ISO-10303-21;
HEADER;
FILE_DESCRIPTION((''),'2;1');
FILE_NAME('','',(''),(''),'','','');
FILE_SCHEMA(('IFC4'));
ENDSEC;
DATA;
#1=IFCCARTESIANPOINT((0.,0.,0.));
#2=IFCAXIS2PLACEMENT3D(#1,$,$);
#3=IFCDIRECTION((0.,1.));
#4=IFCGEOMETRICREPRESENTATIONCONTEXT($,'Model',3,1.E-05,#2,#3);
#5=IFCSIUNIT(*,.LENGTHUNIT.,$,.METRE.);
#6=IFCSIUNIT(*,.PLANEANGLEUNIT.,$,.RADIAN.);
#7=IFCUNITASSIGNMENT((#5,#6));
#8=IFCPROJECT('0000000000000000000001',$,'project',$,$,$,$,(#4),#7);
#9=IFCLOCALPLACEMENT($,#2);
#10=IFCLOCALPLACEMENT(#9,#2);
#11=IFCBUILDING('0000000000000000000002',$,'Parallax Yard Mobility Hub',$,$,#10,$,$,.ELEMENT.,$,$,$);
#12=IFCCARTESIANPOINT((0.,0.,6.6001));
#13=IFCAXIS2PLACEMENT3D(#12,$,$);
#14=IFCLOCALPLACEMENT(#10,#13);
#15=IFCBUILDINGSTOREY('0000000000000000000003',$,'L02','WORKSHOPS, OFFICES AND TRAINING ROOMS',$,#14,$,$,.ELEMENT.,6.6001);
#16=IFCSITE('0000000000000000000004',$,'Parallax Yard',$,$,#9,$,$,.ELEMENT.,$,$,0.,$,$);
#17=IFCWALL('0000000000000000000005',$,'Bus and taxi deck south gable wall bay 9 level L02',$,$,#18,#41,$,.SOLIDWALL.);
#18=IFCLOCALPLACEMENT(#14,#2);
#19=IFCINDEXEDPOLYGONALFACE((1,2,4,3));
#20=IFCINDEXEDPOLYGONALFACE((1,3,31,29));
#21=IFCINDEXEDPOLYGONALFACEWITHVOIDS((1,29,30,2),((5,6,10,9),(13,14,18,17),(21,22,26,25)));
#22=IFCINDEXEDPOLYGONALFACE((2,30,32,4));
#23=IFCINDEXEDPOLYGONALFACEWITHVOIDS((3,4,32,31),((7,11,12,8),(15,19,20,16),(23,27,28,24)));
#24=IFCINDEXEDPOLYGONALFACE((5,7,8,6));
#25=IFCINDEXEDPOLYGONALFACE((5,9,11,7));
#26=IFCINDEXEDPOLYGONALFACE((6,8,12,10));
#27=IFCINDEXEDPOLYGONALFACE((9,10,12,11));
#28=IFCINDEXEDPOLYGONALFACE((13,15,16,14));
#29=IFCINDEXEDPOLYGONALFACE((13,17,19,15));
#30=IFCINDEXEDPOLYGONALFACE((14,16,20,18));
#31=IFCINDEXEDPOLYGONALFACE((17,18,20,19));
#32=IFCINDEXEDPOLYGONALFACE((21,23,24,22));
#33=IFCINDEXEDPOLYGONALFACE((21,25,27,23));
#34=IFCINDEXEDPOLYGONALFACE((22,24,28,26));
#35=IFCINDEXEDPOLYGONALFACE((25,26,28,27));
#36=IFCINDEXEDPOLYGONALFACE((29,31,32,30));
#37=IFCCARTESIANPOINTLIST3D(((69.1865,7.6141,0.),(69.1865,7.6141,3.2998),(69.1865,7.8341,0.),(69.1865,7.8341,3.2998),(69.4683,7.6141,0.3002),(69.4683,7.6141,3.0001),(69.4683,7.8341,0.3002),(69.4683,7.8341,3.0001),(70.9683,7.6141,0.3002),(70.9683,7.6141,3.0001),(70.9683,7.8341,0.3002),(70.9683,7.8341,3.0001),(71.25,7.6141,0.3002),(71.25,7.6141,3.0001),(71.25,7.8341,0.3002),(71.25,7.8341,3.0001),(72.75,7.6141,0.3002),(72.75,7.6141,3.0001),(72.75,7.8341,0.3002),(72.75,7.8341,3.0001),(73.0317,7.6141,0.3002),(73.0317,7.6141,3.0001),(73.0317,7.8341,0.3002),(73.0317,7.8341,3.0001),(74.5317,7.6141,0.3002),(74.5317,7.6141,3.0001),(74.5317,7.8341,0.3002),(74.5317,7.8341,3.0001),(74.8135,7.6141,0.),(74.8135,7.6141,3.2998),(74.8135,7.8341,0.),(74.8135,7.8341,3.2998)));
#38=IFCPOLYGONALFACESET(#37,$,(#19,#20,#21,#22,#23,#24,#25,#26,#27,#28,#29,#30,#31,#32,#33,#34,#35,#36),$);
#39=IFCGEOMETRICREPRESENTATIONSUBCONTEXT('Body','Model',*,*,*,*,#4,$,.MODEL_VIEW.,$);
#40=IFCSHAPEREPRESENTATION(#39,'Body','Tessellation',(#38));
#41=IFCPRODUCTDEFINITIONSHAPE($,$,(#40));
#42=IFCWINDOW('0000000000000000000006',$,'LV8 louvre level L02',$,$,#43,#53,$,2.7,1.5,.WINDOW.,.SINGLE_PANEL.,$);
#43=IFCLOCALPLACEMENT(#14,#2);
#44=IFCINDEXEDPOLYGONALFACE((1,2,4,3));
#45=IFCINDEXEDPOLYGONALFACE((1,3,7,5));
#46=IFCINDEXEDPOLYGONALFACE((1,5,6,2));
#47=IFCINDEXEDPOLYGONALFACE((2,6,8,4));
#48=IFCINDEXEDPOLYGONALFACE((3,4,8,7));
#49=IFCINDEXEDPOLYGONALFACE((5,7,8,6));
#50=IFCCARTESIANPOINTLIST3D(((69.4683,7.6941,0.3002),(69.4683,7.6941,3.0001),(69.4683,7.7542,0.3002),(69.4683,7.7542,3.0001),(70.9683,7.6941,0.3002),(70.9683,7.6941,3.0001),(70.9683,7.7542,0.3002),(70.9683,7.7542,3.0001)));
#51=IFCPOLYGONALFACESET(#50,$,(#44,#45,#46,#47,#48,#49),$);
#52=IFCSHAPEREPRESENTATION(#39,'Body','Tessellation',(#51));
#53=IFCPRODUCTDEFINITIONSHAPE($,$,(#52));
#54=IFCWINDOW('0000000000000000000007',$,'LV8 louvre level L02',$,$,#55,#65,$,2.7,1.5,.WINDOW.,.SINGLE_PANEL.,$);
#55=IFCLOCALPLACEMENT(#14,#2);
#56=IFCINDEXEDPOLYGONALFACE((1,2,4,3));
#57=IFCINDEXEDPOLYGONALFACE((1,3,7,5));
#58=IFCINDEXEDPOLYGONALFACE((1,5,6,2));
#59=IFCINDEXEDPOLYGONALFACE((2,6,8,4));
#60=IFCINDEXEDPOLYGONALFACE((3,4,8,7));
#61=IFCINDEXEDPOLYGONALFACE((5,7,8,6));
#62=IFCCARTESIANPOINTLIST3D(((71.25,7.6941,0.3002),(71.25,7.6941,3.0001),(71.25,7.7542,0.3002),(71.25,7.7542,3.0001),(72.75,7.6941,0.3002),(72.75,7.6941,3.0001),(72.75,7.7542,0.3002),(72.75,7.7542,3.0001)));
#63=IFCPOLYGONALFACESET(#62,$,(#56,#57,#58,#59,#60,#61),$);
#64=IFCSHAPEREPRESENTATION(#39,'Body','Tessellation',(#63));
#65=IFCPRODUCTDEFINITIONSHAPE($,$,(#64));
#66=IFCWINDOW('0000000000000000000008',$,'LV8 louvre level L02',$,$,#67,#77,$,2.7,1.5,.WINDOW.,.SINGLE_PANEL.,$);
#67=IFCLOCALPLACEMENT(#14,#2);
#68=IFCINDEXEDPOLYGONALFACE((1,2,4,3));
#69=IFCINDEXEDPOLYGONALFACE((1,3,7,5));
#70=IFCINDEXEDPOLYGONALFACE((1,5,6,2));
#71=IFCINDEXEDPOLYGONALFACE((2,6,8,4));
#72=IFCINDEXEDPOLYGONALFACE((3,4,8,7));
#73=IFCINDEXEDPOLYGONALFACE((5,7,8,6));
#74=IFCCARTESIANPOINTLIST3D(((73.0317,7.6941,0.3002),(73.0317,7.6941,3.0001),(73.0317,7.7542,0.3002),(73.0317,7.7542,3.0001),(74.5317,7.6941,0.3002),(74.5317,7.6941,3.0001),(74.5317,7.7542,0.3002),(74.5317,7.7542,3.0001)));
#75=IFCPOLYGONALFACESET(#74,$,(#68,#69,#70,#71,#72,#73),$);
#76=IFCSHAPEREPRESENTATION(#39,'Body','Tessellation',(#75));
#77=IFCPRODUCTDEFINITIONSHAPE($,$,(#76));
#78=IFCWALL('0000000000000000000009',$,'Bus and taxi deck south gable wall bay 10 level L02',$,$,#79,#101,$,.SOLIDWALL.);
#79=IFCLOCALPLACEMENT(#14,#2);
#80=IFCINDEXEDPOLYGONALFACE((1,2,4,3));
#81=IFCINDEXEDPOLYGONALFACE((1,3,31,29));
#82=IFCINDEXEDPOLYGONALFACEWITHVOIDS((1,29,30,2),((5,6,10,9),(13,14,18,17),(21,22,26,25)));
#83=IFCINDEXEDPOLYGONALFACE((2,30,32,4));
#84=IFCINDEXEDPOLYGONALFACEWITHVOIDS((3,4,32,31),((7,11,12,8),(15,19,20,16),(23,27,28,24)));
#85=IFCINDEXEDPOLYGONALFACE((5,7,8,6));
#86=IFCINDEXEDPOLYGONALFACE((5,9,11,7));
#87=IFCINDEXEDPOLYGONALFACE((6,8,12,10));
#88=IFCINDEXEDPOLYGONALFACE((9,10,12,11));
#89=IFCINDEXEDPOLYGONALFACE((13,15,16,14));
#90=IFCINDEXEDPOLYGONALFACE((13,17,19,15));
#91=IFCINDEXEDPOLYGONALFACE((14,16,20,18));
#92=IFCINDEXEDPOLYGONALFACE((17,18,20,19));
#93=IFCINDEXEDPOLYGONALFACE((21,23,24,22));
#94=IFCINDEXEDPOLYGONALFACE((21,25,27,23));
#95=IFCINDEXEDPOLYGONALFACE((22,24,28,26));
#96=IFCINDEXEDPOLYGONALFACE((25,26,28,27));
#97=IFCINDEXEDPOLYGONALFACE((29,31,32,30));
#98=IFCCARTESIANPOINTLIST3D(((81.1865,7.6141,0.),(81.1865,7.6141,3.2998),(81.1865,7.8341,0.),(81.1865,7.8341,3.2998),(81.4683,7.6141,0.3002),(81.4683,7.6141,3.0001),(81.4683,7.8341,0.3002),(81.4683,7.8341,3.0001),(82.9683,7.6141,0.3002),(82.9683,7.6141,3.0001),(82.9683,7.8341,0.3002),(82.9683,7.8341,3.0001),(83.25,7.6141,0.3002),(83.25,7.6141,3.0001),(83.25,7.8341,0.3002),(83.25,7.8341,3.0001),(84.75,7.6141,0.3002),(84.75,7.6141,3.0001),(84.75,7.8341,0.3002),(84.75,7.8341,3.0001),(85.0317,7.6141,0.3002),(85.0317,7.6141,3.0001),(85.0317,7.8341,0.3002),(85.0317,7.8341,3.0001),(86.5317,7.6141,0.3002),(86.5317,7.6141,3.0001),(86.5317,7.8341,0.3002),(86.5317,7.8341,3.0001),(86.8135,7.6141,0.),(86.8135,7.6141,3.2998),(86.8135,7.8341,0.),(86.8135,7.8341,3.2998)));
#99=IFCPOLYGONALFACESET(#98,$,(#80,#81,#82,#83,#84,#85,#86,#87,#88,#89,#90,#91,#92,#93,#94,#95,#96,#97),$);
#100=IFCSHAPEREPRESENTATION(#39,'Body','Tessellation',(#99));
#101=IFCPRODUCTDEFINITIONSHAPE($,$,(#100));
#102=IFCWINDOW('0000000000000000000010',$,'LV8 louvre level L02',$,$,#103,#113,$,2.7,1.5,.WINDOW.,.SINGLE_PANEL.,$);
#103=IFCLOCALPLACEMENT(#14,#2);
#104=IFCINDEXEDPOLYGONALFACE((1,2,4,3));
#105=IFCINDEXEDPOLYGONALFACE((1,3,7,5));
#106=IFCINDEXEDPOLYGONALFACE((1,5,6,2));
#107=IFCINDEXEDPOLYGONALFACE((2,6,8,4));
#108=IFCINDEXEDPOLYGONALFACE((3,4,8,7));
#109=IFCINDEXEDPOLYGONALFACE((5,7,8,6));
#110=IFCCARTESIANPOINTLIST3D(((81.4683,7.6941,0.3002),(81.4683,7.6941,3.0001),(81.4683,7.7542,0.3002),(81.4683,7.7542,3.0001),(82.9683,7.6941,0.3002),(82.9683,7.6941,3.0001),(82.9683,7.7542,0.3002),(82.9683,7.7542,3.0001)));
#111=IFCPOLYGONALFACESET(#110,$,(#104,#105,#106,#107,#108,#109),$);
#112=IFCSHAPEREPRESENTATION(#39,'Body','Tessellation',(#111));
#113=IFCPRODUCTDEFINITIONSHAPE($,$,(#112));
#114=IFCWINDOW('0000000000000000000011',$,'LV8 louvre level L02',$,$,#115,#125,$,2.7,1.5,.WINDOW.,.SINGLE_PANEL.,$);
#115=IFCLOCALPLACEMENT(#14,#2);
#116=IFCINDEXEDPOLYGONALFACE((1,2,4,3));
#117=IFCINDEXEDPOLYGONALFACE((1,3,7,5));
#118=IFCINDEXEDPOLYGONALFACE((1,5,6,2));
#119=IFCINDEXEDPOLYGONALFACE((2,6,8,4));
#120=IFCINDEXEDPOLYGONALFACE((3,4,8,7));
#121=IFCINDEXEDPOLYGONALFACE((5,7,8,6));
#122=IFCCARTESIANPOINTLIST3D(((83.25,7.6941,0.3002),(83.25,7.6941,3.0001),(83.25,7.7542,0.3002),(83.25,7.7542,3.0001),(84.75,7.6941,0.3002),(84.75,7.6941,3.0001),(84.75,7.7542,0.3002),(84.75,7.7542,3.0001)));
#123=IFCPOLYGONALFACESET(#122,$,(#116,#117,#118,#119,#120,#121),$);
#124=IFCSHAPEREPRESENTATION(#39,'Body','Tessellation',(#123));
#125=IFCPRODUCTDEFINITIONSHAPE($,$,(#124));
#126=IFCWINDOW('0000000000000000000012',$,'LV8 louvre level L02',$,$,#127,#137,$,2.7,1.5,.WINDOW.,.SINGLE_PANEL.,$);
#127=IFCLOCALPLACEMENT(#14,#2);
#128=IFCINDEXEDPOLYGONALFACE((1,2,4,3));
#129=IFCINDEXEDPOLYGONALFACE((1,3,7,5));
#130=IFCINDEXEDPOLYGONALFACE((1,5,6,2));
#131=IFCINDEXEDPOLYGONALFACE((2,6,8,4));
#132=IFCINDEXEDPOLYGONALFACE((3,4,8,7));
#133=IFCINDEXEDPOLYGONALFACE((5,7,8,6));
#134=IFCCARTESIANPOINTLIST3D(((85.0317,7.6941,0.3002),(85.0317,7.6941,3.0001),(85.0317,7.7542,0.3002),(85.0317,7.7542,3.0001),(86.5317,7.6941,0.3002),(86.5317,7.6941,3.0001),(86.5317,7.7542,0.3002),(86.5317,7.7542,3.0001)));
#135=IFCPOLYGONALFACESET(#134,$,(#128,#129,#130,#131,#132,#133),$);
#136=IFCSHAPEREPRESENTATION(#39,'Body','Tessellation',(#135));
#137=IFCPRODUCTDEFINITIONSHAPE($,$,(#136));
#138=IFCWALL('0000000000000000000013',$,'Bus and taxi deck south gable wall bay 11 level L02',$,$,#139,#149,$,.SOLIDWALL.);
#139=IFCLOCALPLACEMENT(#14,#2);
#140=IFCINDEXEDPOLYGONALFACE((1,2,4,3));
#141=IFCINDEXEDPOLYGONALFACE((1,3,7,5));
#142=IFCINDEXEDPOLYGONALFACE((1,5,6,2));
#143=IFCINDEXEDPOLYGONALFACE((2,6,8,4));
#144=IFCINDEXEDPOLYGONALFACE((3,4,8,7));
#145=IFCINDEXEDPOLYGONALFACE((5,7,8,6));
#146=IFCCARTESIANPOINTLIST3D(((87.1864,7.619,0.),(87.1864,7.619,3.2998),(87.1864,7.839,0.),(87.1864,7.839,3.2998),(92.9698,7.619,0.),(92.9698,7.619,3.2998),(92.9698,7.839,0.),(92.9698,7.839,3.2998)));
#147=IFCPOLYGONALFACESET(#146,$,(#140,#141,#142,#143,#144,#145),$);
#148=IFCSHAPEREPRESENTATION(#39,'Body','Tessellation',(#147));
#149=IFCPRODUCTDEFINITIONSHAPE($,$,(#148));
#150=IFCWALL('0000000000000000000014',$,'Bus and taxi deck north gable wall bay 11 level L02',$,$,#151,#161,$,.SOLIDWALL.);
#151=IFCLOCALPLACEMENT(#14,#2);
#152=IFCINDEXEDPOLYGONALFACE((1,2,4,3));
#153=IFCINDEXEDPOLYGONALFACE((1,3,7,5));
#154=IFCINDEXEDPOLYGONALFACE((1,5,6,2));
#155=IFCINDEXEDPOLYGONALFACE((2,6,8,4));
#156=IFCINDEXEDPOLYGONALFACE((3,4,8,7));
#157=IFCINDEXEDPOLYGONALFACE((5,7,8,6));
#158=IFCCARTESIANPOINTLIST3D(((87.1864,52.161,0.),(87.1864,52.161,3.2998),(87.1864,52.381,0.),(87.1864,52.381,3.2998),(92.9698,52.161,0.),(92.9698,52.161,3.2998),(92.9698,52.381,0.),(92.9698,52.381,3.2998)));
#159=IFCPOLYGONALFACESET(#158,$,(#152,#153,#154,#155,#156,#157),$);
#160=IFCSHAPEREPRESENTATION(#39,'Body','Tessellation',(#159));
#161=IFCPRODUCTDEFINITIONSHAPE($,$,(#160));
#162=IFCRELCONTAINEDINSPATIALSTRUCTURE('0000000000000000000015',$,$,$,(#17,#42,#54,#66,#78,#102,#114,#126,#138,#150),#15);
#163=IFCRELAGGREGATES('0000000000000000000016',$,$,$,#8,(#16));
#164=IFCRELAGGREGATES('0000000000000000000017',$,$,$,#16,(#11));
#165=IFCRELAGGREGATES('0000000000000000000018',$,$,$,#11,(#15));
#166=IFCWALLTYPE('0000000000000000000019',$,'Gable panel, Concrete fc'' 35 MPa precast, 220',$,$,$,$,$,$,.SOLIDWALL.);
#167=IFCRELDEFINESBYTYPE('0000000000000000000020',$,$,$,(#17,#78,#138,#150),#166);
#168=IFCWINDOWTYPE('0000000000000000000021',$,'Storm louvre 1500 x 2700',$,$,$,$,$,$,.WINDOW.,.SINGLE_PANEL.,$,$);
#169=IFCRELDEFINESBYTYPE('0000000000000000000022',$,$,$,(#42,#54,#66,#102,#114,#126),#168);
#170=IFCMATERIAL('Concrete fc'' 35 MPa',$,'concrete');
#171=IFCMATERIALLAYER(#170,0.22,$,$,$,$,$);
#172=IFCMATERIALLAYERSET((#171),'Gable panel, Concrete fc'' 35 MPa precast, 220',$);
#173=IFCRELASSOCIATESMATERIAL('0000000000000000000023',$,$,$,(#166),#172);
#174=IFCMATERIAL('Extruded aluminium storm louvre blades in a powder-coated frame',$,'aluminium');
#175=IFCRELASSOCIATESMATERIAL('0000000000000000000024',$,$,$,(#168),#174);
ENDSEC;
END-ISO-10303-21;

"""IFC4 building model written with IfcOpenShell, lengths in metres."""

from ifc_helpers import new_model, si_unit, direction, frame, frame_2d, origin, place, context, subcontext, project, spatial, rectangle, extrude, material, layer, layer_set, type_object, element, fill, save


model = new_model("IFC4")

# Units and contexts
model_context = context("Model", 3, precision=1e-05, world=origin(), true_north=direction((0.0, 1.0)))
body_context = subcontext(model_context, "Body", "Model", "MODEL_VIEW")
ifc_project = project(units=[si_unit("LENGTHUNIT", "METRE"), si_unit("PLANEANGLEUNIT", "RADIAN")], contexts=[model_context])

# Site, building, storey
site_placement = place(None, origin())
site = spatial("IfcSite", under=ifc_project, at=site_placement, Name="Parallax Yard", CompositionType="ELEMENT", RefElevation=0.0)
building_placement = place(site_placement, origin())
building = spatial("IfcBuilding", under=site, at=building_placement, Name="Parallax Yard Mobility Hub", CompositionType="ELEMENT")
storey_placement = place(building_placement, frame((0.0, 0.0, 6.6001)))
storey = spatial("IfcBuildingStorey", under=building, at=storey_placement, Name="L02", Description="WORKSHOPS, OFFICES AND TRAINING ROOMS", CompositionType="ELEMENT", Elevation=6.6001)

# Shared definitions
ifc_material_1 = material(Name="Concrete fc' 35 MPa", Category="concrete")

# Walls, openings, windows
ifc_layer_1 = layer(ifc_material_1, 0.22)
ifc_layer_set_1 = layer_set([ifc_layer_1], Name="Gable panel, Concrete fc' 35 MPa precast, 220")
wall_type = type_object("IfcWallType", Name="Gable panel, Concrete fc' 35 MPa precast, 220", PredefinedType="SOLIDWALL", material=ifc_layer_set_1)
ifc_material_2 = material(Name="Extruded aluminium storm louvre blades in a powder-coated frame", Category="aluminium")
window_type = type_object("IfcWindowType", Name="Storm louvre 1500 x 2700", PartitioningType="SINGLE_PANEL", PredefinedType="WINDOW", material=ifc_material_2)
wall_1_placement = place(storey_placement, frame((69.1865, 7.7241, 0.0), z_axis=(0.0, 0.0, 1.0), x_axis=(1.0, 0.0, 0.0)))
wall_1 = element("IfcWall", 1, at=wall_1_placement, inside=storey, type_object=wall_type, Name="Bus and taxi deck south gable wall bay 9 level L02", PredefinedType="SOLIDWALL", context=body_context, shape_type="SweptSolid", body=[
    extrude(rectangle(XDim=5.627, YDim=0.22, at=frame_2d((2.8135, 0.0))), origin(), (0.0, 0.0, 1.0), 3.2998),
])
opening_1_placement = place(wall_1_placement, frame((0.2817, 0.0, 0.3)))
opening_1 = element("IfcOpeningElement", 2, at=opening_1_placement, cuts=wall_1, PredefinedType="OPENING", context=body_context, shape_type="SweptSolid", body=[
    extrude(rectangle(XDim=1.5, YDim=2.7, at=frame_2d((0.75, 1.3501))), frame((0.0, 0.1201, 0.0), z_axis=(0.0, -1.0, 0.0), x_axis=(1.0, 0.0, 0.0)), (0.0, 0.0, 1.0), 0.24),
])
opening_2_placement = place(wall_1_placement, frame((2.0635, 0.0, 0.3)))
opening_2 = element("IfcOpeningElement", 3, at=opening_2_placement, cuts=wall_1, PredefinedType="OPENING", context=body_context, shape_type="SweptSolid", body=[
    extrude(rectangle(XDim=1.5, YDim=2.7, at=frame_2d((0.75, 1.3501))), frame((0.0, 0.1201, 0.0), z_axis=(0.0, -1.0, 0.0), x_axis=(1.0, 0.0, 0.0)), (0.0, 0.0, 1.0), 0.24),
])
opening_3_placement = place(wall_1_placement, frame((3.8452, 0.0, 0.3)))
opening_3 = element("IfcOpeningElement", 4, at=opening_3_placement, cuts=wall_1, PredefinedType="OPENING", context=body_context, shape_type="SweptSolid", body=[
    extrude(rectangle(XDim=1.5, YDim=2.7, at=frame_2d((0.75, 1.3501))), frame((0.0, 0.1201, 0.0), z_axis=(0.0, -1.0, 0.0), x_axis=(1.0, 0.0, 0.0)), (0.0, 0.0, 1.0), 0.24),
])
window_1_placement = place(opening_1_placement, origin())
window_1 = element("IfcWindow", 5, at=window_1_placement, inside=storey, type_object=window_type, Name="LV8 louvre level L02", OverallHeight=2.7, OverallWidth=1.5, PartitioningType="SINGLE_PANEL", PredefinedType="WINDOW", context=body_context, shape_type="SweptSolid", body=[
    extrude(rectangle(XDim=1.5, YDim=2.7, at=frame_2d((0.75, 1.3501))), frame((0.0, 0.03, 0.0), z_axis=(0.0, -1.0, 0.0), x_axis=(1.0, 0.0, 0.0)), (0.0, 0.0, 1.0), 0.0601),
])
fill(opening_1, window_1)
window_2_placement = place(opening_2_placement, origin())
window_2 = element("IfcWindow", 6, at=window_2_placement, inside=storey, type_object=window_type, Name="LV8 louvre level L02", OverallHeight=2.7, OverallWidth=1.5, PartitioningType="SINGLE_PANEL", PredefinedType="WINDOW", context=body_context, shape_type="SweptSolid", body=[
    extrude(rectangle(XDim=1.5, YDim=2.7, at=frame_2d((0.75, 1.3501))), frame((0.0, 0.03, 0.0), z_axis=(0.0, -1.0, 0.0), x_axis=(1.0, 0.0, 0.0)), (0.0, 0.0, 1.0), 0.0601),
])
fill(opening_2, window_2)
window_3_placement = place(opening_3_placement, origin())
window_3 = element("IfcWindow", 7, at=window_3_placement, inside=storey, type_object=window_type, Name="LV8 louvre level L02", OverallHeight=2.7, OverallWidth=1.5, PartitioningType="SINGLE_PANEL", PredefinedType="WINDOW", context=body_context, shape_type="SweptSolid", body=[
    extrude(rectangle(XDim=1.5, YDim=2.7, at=frame_2d((0.75, 1.3501))), frame((0.0, 0.03, 0.0), z_axis=(0.0, -1.0, 0.0), x_axis=(1.0, 0.0, 0.0)), (0.0, 0.0, 1.0), 0.0601),
])
fill(opening_3, window_3)
wall_2_placement = place(storey_placement, frame((81.1865, 7.7241, 0.0), z_axis=(0.0, 0.0, 1.0), x_axis=(1.0, 0.0, 0.0)))
wall_2 = element("IfcWall", 8, at=wall_2_placement, inside=storey, type_object=wall_type, Name="Bus and taxi deck south gable wall bay 10 level L02", PredefinedType="SOLIDWALL", context=body_context, shape_type="SweptSolid", body=[
    extrude(rectangle(XDim=5.627, YDim=0.22, at=frame_2d((2.8135, 0.0))), origin(), (0.0, 0.0, 1.0), 3.2998),
])
opening_4_placement = place(wall_2_placement, frame((0.2817, 0.0, 0.3)))
opening_4 = element("IfcOpeningElement", 9, at=opening_4_placement, cuts=wall_2, PredefinedType="OPENING", context=body_context, shape_type="SweptSolid", body=[
    extrude(rectangle(XDim=1.5, YDim=2.7, at=frame_2d((0.75, 1.3501))), frame((0.0, 0.1201, 0.0), z_axis=(0.0, -1.0, 0.0), x_axis=(1.0, 0.0, 0.0)), (0.0, 0.0, 1.0), 0.24),
])
opening_5_placement = place(wall_2_placement, frame((2.0635, 0.0, 0.3)))
opening_5 = element("IfcOpeningElement", 10, at=opening_5_placement, cuts=wall_2, PredefinedType="OPENING", context=body_context, shape_type="SweptSolid", body=[
    extrude(rectangle(XDim=1.5, YDim=2.7, at=frame_2d((0.75, 1.3501))), frame((0.0, 0.1201, 0.0), z_axis=(0.0, -1.0, 0.0), x_axis=(1.0, 0.0, 0.0)), (0.0, 0.0, 1.0), 0.24),
])
opening_6_placement = place(wall_2_placement, frame((3.8452, 0.0, 0.3)))
opening_6 = element("IfcOpeningElement", 11, at=opening_6_placement, cuts=wall_2, PredefinedType="OPENING", context=body_context, shape_type="SweptSolid", body=[
    extrude(rectangle(XDim=1.5, YDim=2.7, at=frame_2d((0.75, 1.3501))), frame((0.0, 0.1201, 0.0), z_axis=(0.0, -1.0, 0.0), x_axis=(1.0, 0.0, 0.0)), (0.0, 0.0, 1.0), 0.24),
])
window_4_placement = place(opening_4_placement, origin())
window_4 = element("IfcWindow", 12, at=window_4_placement, inside=storey, type_object=window_type, Name="LV8 louvre level L02", OverallHeight=2.7, OverallWidth=1.5, PartitioningType="SINGLE_PANEL", PredefinedType="WINDOW", context=body_context, shape_type="SweptSolid", body=[
    extrude(rectangle(XDim=1.5, YDim=2.7, at=frame_2d((0.75, 1.3501))), frame((0.0, 0.03, 0.0), z_axis=(0.0, -1.0, 0.0), x_axis=(1.0, 0.0, 0.0)), (0.0, 0.0, 1.0), 0.0601),
])
fill(opening_4, window_4)
window_5_placement = place(opening_5_placement, origin())
window_5 = element("IfcWindow", 13, at=window_5_placement, inside=storey, type_object=window_type, Name="LV8 louvre level L02", OverallHeight=2.7, OverallWidth=1.5, PartitioningType="SINGLE_PANEL", PredefinedType="WINDOW", context=body_context, shape_type="SweptSolid", body=[
    extrude(rectangle(XDim=1.5, YDim=2.7, at=frame_2d((0.75, 1.3501))), frame((0.0, 0.03, 0.0), z_axis=(0.0, -1.0, 0.0), x_axis=(1.0, 0.0, 0.0)), (0.0, 0.0, 1.0), 0.0601),
])
fill(opening_5, window_5)
window_6_placement = place(opening_6_placement, origin())
window_6 = element("IfcWindow", 14, at=window_6_placement, inside=storey, type_object=window_type, Name="LV8 louvre level L02", OverallHeight=2.7, OverallWidth=1.5, PartitioningType="SINGLE_PANEL", PredefinedType="WINDOW", context=body_context, shape_type="SweptSolid", body=[
    extrude(rectangle(XDim=1.5, YDim=2.7, at=frame_2d((0.75, 1.3501))), frame((0.0, 0.03, 0.0), z_axis=(0.0, -1.0, 0.0), x_axis=(1.0, 0.0, 0.0)), (0.0, 0.0, 1.0), 0.0601),
])
fill(opening_6, window_6)

# Walls
for number, where, z_axis, x_axis, name in (
    (15, (87.1865, 7.729, 0.0), (0.0, 0.0, 1.0), (1.0, 0.0, 0.0), "Bus and taxi deck south gable wall bay 11 level L02"),
    (16, (87.1865, 52.271, 0.0), (0.0, 0.0, 1.0), (1.0, 0.0, 0.0), "Bus and taxi deck north gable wall bay 11 level L02"),
):
    element("IfcWall", number, at=place(storey_placement, frame(where, z_axis=z_axis, x_axis=x_axis)), inside=storey, type_object=wall_type, Name=name, PredefinedType="SOLIDWALL", context=body_context, shape_type="SweptSolid", body=[
        extrude(rectangle(XDim=5.7834, YDim=0.22, at=frame_2d((2.8916, 0.0))), origin(), (0.0, 0.0, 1.0), 3.2998),
    ])

save(model, "model.ifc")
